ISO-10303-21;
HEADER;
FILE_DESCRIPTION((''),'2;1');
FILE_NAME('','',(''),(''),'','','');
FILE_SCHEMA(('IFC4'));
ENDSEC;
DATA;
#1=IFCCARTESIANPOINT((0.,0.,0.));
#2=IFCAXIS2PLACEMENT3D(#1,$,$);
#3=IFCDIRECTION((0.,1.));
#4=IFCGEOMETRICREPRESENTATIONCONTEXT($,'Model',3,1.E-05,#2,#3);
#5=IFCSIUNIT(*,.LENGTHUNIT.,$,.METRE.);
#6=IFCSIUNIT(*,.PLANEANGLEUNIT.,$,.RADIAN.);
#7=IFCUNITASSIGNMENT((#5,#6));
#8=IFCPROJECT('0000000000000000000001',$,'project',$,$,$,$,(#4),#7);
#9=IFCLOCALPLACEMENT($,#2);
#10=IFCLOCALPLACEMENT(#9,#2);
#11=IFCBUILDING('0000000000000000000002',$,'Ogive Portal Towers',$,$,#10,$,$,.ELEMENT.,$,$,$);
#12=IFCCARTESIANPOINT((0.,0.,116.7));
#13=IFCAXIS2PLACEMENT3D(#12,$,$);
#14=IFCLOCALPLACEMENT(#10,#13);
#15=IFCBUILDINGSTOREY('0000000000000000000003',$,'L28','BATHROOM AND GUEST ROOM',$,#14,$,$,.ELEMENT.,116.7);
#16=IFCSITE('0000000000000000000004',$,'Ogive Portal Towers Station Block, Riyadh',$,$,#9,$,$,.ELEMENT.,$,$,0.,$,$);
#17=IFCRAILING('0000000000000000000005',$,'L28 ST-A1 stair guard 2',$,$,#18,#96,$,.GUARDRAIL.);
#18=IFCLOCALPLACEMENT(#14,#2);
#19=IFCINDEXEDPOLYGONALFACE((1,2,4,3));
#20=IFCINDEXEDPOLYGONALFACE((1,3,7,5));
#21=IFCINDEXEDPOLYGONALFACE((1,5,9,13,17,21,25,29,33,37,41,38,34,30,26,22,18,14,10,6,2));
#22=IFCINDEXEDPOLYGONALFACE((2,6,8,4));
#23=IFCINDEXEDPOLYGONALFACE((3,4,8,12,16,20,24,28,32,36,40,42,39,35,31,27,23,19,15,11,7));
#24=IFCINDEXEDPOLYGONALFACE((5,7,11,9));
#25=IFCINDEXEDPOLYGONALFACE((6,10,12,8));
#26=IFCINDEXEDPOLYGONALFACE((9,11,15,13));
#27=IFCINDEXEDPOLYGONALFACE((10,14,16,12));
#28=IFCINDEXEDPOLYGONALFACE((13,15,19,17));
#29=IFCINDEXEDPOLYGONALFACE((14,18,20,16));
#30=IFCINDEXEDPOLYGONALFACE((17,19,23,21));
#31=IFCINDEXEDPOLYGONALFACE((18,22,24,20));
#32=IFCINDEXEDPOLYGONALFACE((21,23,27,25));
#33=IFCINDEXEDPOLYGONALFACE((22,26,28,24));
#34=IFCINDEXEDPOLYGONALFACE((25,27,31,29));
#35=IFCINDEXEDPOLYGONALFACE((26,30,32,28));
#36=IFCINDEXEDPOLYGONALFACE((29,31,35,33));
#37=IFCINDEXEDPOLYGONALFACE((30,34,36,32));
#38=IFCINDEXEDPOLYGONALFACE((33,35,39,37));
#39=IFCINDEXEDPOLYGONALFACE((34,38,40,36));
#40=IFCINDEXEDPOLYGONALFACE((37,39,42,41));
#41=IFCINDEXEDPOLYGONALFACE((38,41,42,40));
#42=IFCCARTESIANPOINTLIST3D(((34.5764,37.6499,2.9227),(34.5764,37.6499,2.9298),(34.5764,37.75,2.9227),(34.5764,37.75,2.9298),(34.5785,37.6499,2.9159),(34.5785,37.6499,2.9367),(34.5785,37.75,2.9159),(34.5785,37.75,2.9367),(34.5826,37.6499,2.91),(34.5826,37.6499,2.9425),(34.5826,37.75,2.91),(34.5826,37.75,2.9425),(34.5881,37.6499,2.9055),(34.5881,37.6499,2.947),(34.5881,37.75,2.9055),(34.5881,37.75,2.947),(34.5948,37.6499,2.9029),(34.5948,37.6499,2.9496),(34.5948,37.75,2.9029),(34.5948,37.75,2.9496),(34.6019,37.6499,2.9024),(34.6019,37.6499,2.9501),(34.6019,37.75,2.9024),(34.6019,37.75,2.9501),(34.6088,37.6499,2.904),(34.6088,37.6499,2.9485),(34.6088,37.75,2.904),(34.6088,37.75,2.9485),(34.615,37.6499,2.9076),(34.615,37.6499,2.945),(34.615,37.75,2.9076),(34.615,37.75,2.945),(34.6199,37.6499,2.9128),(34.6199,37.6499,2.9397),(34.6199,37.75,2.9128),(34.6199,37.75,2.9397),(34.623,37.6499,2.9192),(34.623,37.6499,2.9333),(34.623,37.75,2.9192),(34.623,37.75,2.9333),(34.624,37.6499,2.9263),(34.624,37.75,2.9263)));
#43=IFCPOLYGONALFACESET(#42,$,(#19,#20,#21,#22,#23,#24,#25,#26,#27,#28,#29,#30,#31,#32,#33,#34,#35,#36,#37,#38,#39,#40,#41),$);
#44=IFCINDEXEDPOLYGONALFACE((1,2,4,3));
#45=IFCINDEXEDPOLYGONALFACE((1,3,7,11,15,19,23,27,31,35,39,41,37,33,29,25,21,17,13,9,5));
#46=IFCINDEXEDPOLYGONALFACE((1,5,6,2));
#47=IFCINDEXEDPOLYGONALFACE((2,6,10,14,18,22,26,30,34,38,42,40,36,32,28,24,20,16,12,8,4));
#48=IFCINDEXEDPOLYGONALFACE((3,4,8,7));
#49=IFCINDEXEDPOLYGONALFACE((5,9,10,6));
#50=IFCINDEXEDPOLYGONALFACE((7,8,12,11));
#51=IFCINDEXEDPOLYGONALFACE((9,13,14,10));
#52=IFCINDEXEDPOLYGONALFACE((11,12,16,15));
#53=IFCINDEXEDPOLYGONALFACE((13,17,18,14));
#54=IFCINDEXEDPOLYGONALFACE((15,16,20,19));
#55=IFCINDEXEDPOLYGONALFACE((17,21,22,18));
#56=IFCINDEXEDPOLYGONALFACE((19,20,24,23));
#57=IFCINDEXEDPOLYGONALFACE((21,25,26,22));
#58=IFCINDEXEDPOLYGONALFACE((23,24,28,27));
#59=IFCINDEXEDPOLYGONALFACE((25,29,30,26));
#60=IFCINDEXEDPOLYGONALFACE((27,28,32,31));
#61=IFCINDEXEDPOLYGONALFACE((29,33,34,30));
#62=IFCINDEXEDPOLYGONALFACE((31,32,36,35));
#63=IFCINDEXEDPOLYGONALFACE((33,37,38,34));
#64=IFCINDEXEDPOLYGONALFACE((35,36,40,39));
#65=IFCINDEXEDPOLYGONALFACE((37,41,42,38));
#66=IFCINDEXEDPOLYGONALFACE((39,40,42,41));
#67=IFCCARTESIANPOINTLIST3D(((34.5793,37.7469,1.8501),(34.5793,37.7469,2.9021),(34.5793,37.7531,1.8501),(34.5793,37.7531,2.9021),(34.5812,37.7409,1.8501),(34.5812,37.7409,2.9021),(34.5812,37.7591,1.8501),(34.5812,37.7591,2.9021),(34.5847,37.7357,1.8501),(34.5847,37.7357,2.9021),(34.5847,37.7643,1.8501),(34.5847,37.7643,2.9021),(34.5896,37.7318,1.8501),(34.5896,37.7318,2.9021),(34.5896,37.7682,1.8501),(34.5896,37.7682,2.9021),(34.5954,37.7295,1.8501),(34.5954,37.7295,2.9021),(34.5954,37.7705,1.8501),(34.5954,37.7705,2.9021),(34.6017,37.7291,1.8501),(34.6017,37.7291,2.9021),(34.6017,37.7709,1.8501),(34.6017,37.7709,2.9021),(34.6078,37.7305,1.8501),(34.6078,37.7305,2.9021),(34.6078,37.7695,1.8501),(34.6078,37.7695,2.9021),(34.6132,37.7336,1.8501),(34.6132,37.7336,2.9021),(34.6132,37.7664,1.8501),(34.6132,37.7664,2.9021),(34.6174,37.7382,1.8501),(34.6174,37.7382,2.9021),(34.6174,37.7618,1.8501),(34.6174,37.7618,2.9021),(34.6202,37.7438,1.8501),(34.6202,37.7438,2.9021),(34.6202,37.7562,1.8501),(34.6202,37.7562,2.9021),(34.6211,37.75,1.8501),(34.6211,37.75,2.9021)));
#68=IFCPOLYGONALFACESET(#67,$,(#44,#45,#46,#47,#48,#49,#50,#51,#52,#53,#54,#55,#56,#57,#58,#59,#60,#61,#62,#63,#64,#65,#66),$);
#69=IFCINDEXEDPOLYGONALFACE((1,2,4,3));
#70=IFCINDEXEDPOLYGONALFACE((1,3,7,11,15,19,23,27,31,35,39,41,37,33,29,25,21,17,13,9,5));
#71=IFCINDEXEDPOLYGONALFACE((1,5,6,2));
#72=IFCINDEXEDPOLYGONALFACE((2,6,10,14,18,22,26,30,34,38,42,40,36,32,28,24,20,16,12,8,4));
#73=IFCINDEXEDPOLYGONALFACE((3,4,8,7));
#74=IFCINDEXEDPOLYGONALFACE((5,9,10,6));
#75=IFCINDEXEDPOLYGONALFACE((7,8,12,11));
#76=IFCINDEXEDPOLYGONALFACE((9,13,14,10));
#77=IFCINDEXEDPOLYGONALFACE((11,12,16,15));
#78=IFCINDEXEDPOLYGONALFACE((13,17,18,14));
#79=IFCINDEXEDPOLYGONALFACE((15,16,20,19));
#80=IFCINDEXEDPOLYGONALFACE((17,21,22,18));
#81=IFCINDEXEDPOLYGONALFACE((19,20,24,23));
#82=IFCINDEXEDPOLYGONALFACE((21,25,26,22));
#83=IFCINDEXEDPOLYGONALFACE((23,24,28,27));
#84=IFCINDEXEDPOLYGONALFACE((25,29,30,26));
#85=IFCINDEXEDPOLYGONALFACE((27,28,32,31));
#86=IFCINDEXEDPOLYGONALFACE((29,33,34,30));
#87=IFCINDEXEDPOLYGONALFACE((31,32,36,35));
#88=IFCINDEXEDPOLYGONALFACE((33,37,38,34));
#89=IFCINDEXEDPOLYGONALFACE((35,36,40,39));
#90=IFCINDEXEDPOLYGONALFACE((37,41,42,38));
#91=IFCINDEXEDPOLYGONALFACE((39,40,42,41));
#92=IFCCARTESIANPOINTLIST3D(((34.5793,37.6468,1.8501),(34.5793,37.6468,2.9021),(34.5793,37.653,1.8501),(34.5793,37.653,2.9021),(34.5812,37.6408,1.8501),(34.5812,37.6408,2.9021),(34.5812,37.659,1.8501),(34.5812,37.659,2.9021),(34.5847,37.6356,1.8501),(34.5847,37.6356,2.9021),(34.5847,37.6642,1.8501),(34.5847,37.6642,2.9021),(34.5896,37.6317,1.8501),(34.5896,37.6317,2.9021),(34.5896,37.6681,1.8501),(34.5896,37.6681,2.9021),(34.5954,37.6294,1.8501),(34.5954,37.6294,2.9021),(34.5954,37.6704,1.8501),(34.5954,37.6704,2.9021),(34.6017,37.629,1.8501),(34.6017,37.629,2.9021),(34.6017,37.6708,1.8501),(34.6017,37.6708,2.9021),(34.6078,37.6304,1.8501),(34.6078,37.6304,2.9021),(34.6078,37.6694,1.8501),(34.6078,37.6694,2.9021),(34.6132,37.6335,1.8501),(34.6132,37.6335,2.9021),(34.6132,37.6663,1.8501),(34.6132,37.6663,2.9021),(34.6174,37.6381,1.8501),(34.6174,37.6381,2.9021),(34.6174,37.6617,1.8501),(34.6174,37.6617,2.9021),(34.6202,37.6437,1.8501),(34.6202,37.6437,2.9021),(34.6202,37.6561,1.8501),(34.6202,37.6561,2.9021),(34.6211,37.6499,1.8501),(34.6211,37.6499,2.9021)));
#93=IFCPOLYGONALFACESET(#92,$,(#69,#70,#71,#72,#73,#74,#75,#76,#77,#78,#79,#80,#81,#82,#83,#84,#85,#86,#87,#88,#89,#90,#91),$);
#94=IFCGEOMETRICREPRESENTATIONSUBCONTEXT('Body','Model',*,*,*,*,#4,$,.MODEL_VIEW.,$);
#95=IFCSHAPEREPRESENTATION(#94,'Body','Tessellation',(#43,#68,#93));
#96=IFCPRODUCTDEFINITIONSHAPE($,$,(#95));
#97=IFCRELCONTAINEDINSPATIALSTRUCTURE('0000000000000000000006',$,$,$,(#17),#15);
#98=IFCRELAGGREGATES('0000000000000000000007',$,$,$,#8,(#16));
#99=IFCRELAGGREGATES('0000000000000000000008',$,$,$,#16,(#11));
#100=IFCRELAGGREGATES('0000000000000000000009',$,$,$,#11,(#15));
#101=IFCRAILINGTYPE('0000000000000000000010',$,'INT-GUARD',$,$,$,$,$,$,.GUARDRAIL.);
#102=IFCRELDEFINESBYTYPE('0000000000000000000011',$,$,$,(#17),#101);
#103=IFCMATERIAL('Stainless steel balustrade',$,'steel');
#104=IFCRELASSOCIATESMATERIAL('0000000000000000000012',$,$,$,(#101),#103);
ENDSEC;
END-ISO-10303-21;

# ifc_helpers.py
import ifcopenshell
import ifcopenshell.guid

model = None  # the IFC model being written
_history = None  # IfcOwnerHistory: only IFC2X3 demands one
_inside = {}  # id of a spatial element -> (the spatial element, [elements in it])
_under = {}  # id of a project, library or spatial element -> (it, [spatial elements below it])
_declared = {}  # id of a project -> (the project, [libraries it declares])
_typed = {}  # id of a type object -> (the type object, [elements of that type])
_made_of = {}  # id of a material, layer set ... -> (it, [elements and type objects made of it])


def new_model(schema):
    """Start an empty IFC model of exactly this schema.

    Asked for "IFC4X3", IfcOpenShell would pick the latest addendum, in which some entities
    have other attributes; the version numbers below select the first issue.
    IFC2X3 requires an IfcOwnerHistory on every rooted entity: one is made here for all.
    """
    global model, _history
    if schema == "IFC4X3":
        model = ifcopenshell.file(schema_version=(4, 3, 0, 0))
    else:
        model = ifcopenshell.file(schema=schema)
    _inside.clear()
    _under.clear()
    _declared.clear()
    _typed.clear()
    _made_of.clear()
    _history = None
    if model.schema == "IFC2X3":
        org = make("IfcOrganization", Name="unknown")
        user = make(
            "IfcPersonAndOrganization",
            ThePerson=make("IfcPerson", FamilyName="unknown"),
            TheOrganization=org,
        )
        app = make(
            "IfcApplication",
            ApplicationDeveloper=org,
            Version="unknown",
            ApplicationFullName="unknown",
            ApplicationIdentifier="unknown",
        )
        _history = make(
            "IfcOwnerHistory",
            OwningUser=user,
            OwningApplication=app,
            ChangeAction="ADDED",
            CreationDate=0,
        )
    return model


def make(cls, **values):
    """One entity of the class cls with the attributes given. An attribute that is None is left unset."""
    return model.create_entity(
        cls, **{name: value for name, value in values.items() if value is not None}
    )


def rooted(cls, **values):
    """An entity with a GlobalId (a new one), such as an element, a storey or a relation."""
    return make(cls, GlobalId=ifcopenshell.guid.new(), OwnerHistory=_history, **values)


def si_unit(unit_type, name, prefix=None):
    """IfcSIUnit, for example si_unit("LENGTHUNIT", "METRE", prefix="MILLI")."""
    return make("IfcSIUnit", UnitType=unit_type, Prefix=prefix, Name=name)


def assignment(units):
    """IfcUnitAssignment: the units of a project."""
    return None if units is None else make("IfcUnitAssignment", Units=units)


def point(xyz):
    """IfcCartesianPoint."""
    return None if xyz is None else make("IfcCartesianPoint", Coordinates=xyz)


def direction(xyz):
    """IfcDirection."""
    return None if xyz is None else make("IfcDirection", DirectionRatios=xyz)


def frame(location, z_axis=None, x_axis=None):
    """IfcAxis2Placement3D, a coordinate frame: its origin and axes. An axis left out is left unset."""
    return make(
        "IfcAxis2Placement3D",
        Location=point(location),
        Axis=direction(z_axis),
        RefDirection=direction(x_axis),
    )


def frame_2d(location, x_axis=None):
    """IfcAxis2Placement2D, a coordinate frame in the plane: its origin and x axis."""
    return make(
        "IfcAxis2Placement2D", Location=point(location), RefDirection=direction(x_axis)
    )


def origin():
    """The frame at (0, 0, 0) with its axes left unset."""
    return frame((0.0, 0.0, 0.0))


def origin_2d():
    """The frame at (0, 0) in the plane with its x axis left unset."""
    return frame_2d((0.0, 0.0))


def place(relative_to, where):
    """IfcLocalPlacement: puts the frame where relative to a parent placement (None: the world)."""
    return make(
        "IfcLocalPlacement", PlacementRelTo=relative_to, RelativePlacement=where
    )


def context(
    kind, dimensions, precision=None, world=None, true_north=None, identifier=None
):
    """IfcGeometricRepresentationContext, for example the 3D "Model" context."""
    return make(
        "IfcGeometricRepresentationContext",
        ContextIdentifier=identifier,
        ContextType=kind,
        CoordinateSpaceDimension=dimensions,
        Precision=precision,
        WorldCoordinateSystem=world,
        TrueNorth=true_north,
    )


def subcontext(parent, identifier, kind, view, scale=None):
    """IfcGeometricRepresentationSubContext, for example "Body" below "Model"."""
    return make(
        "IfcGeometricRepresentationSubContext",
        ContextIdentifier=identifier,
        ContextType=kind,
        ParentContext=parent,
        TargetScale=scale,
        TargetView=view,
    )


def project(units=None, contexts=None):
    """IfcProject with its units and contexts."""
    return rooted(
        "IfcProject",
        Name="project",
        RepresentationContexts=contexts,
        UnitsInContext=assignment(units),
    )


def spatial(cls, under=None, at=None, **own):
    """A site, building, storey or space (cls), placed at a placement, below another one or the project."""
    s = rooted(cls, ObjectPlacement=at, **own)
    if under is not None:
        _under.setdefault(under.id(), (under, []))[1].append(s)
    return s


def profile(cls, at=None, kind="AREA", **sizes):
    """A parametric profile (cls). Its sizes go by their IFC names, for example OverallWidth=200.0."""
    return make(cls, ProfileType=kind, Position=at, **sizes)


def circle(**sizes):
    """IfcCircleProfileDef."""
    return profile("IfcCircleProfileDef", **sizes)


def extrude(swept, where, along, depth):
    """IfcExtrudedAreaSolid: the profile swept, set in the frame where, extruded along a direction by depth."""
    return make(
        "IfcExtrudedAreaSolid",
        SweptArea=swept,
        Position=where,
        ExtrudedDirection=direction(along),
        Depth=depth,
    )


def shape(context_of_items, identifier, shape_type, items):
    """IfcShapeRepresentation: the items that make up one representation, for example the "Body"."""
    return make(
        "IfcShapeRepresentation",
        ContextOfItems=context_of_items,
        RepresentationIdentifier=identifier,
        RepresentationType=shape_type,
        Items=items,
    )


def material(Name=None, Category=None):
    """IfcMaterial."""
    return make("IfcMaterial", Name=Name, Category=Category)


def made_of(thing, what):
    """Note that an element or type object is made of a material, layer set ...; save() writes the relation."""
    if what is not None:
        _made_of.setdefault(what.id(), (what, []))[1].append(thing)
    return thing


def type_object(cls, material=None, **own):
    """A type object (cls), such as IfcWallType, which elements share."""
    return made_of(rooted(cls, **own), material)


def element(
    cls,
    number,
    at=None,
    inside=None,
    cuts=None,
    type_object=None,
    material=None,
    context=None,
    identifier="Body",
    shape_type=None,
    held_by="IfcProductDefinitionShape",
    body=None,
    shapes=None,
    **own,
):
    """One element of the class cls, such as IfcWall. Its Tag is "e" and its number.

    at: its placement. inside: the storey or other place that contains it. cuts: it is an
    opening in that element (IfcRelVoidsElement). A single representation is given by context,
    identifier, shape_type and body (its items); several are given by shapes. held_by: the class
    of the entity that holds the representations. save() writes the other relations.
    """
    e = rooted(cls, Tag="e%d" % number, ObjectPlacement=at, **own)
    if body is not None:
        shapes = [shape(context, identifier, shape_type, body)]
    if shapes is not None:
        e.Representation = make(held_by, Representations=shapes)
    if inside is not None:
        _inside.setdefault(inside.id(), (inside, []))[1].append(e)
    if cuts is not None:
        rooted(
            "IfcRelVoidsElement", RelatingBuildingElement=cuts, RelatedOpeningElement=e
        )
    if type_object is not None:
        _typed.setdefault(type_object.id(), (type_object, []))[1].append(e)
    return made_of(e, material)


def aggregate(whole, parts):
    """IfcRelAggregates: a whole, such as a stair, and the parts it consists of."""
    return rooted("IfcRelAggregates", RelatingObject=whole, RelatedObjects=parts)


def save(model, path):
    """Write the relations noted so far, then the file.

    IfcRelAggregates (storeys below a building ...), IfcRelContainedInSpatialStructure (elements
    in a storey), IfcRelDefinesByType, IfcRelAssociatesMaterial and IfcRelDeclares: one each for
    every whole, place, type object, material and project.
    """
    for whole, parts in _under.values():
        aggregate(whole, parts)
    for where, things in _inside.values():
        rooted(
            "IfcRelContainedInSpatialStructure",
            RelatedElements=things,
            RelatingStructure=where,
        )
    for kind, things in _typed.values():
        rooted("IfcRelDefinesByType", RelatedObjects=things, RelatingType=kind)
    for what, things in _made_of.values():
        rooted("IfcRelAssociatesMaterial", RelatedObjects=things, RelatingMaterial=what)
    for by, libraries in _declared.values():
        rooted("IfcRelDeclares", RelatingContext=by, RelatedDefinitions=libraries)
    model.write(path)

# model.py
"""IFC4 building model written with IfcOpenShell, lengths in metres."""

from ifc_helpers import new_model, si_unit, direction, frame, origin, origin_2d, place, context, subcontext, project, spatial, circle, extrude, material, type_object, element, save


model = new_model("IFC4")

# Units and contexts
model_context = context("Model", 3, precision=1e-05, world=origin(), true_north=direction((0.0, 1.0)))
body_context = subcontext(model_context, "Body", "Model", "MODEL_VIEW")
ifc_project = project(units=[si_unit("LENGTHUNIT", "METRE"), si_unit("PLANEANGLEUNIT", "RADIAN")], contexts=[model_context])

# Site, building, storey
site_placement = place(None, origin())
site = spatial("IfcSite", under=ifc_project, at=site_placement, Name="Ogive Portal Towers Station Block, Riyadh", CompositionType="ELEMENT", RefElevation=0.0)
building_placement = place(site_placement, origin())
building = spatial("IfcBuilding", under=site, at=building_placement, Name="Ogive Portal Towers", CompositionType="ELEMENT")
storey_placement = place(building_placement, frame((0.0, 0.0, 116.7)))
storey = spatial("IfcBuildingStorey", under=building, at=storey_placement, Name="L28", Description="BATHROOM AND GUEST ROOM", CompositionType="ELEMENT", Elevation=116.7)

# Railing
ifc_material_1 = material(Name="Stainless steel balustrade", Category="steel")
railing_type_1 = type_object("IfcRailingType", Name="INT-GUARD", PredefinedType="GUARDRAIL", material=ifc_material_1)
railing_1_placement = place(storey_placement, frame((34.6001, 37.75, 1.8501)))
element("IfcRailing", 1, at=railing_1_placement, inside=storey, type_object=railing_type_1, Name="L28 ST-A1 stair guard 2", PredefinedType="GUARDRAIL", context=body_context, shape_type="SweptSolid", body=[
    extrude(circle(Radius=0.0239, at=origin_2d()), frame((0.0, 0.0, 1.0762), z_axis=(0.0, -1.0, 0.0), x_axis=(1.0, 0.0, 0.0)), (0.0, 0.0, 1.0), 0.1001),
    extrude(circle(Radius=0.021, at=origin_2d()), origin(), (0.0, 0.0, 1.0), 1.052),
    extrude(circle(Radius=0.021, at=origin_2d()), frame((0.0, -0.1001, 0.0)), (0.0, 0.0, 1.0), 1.052),
])

save(model, "model.ifc")
